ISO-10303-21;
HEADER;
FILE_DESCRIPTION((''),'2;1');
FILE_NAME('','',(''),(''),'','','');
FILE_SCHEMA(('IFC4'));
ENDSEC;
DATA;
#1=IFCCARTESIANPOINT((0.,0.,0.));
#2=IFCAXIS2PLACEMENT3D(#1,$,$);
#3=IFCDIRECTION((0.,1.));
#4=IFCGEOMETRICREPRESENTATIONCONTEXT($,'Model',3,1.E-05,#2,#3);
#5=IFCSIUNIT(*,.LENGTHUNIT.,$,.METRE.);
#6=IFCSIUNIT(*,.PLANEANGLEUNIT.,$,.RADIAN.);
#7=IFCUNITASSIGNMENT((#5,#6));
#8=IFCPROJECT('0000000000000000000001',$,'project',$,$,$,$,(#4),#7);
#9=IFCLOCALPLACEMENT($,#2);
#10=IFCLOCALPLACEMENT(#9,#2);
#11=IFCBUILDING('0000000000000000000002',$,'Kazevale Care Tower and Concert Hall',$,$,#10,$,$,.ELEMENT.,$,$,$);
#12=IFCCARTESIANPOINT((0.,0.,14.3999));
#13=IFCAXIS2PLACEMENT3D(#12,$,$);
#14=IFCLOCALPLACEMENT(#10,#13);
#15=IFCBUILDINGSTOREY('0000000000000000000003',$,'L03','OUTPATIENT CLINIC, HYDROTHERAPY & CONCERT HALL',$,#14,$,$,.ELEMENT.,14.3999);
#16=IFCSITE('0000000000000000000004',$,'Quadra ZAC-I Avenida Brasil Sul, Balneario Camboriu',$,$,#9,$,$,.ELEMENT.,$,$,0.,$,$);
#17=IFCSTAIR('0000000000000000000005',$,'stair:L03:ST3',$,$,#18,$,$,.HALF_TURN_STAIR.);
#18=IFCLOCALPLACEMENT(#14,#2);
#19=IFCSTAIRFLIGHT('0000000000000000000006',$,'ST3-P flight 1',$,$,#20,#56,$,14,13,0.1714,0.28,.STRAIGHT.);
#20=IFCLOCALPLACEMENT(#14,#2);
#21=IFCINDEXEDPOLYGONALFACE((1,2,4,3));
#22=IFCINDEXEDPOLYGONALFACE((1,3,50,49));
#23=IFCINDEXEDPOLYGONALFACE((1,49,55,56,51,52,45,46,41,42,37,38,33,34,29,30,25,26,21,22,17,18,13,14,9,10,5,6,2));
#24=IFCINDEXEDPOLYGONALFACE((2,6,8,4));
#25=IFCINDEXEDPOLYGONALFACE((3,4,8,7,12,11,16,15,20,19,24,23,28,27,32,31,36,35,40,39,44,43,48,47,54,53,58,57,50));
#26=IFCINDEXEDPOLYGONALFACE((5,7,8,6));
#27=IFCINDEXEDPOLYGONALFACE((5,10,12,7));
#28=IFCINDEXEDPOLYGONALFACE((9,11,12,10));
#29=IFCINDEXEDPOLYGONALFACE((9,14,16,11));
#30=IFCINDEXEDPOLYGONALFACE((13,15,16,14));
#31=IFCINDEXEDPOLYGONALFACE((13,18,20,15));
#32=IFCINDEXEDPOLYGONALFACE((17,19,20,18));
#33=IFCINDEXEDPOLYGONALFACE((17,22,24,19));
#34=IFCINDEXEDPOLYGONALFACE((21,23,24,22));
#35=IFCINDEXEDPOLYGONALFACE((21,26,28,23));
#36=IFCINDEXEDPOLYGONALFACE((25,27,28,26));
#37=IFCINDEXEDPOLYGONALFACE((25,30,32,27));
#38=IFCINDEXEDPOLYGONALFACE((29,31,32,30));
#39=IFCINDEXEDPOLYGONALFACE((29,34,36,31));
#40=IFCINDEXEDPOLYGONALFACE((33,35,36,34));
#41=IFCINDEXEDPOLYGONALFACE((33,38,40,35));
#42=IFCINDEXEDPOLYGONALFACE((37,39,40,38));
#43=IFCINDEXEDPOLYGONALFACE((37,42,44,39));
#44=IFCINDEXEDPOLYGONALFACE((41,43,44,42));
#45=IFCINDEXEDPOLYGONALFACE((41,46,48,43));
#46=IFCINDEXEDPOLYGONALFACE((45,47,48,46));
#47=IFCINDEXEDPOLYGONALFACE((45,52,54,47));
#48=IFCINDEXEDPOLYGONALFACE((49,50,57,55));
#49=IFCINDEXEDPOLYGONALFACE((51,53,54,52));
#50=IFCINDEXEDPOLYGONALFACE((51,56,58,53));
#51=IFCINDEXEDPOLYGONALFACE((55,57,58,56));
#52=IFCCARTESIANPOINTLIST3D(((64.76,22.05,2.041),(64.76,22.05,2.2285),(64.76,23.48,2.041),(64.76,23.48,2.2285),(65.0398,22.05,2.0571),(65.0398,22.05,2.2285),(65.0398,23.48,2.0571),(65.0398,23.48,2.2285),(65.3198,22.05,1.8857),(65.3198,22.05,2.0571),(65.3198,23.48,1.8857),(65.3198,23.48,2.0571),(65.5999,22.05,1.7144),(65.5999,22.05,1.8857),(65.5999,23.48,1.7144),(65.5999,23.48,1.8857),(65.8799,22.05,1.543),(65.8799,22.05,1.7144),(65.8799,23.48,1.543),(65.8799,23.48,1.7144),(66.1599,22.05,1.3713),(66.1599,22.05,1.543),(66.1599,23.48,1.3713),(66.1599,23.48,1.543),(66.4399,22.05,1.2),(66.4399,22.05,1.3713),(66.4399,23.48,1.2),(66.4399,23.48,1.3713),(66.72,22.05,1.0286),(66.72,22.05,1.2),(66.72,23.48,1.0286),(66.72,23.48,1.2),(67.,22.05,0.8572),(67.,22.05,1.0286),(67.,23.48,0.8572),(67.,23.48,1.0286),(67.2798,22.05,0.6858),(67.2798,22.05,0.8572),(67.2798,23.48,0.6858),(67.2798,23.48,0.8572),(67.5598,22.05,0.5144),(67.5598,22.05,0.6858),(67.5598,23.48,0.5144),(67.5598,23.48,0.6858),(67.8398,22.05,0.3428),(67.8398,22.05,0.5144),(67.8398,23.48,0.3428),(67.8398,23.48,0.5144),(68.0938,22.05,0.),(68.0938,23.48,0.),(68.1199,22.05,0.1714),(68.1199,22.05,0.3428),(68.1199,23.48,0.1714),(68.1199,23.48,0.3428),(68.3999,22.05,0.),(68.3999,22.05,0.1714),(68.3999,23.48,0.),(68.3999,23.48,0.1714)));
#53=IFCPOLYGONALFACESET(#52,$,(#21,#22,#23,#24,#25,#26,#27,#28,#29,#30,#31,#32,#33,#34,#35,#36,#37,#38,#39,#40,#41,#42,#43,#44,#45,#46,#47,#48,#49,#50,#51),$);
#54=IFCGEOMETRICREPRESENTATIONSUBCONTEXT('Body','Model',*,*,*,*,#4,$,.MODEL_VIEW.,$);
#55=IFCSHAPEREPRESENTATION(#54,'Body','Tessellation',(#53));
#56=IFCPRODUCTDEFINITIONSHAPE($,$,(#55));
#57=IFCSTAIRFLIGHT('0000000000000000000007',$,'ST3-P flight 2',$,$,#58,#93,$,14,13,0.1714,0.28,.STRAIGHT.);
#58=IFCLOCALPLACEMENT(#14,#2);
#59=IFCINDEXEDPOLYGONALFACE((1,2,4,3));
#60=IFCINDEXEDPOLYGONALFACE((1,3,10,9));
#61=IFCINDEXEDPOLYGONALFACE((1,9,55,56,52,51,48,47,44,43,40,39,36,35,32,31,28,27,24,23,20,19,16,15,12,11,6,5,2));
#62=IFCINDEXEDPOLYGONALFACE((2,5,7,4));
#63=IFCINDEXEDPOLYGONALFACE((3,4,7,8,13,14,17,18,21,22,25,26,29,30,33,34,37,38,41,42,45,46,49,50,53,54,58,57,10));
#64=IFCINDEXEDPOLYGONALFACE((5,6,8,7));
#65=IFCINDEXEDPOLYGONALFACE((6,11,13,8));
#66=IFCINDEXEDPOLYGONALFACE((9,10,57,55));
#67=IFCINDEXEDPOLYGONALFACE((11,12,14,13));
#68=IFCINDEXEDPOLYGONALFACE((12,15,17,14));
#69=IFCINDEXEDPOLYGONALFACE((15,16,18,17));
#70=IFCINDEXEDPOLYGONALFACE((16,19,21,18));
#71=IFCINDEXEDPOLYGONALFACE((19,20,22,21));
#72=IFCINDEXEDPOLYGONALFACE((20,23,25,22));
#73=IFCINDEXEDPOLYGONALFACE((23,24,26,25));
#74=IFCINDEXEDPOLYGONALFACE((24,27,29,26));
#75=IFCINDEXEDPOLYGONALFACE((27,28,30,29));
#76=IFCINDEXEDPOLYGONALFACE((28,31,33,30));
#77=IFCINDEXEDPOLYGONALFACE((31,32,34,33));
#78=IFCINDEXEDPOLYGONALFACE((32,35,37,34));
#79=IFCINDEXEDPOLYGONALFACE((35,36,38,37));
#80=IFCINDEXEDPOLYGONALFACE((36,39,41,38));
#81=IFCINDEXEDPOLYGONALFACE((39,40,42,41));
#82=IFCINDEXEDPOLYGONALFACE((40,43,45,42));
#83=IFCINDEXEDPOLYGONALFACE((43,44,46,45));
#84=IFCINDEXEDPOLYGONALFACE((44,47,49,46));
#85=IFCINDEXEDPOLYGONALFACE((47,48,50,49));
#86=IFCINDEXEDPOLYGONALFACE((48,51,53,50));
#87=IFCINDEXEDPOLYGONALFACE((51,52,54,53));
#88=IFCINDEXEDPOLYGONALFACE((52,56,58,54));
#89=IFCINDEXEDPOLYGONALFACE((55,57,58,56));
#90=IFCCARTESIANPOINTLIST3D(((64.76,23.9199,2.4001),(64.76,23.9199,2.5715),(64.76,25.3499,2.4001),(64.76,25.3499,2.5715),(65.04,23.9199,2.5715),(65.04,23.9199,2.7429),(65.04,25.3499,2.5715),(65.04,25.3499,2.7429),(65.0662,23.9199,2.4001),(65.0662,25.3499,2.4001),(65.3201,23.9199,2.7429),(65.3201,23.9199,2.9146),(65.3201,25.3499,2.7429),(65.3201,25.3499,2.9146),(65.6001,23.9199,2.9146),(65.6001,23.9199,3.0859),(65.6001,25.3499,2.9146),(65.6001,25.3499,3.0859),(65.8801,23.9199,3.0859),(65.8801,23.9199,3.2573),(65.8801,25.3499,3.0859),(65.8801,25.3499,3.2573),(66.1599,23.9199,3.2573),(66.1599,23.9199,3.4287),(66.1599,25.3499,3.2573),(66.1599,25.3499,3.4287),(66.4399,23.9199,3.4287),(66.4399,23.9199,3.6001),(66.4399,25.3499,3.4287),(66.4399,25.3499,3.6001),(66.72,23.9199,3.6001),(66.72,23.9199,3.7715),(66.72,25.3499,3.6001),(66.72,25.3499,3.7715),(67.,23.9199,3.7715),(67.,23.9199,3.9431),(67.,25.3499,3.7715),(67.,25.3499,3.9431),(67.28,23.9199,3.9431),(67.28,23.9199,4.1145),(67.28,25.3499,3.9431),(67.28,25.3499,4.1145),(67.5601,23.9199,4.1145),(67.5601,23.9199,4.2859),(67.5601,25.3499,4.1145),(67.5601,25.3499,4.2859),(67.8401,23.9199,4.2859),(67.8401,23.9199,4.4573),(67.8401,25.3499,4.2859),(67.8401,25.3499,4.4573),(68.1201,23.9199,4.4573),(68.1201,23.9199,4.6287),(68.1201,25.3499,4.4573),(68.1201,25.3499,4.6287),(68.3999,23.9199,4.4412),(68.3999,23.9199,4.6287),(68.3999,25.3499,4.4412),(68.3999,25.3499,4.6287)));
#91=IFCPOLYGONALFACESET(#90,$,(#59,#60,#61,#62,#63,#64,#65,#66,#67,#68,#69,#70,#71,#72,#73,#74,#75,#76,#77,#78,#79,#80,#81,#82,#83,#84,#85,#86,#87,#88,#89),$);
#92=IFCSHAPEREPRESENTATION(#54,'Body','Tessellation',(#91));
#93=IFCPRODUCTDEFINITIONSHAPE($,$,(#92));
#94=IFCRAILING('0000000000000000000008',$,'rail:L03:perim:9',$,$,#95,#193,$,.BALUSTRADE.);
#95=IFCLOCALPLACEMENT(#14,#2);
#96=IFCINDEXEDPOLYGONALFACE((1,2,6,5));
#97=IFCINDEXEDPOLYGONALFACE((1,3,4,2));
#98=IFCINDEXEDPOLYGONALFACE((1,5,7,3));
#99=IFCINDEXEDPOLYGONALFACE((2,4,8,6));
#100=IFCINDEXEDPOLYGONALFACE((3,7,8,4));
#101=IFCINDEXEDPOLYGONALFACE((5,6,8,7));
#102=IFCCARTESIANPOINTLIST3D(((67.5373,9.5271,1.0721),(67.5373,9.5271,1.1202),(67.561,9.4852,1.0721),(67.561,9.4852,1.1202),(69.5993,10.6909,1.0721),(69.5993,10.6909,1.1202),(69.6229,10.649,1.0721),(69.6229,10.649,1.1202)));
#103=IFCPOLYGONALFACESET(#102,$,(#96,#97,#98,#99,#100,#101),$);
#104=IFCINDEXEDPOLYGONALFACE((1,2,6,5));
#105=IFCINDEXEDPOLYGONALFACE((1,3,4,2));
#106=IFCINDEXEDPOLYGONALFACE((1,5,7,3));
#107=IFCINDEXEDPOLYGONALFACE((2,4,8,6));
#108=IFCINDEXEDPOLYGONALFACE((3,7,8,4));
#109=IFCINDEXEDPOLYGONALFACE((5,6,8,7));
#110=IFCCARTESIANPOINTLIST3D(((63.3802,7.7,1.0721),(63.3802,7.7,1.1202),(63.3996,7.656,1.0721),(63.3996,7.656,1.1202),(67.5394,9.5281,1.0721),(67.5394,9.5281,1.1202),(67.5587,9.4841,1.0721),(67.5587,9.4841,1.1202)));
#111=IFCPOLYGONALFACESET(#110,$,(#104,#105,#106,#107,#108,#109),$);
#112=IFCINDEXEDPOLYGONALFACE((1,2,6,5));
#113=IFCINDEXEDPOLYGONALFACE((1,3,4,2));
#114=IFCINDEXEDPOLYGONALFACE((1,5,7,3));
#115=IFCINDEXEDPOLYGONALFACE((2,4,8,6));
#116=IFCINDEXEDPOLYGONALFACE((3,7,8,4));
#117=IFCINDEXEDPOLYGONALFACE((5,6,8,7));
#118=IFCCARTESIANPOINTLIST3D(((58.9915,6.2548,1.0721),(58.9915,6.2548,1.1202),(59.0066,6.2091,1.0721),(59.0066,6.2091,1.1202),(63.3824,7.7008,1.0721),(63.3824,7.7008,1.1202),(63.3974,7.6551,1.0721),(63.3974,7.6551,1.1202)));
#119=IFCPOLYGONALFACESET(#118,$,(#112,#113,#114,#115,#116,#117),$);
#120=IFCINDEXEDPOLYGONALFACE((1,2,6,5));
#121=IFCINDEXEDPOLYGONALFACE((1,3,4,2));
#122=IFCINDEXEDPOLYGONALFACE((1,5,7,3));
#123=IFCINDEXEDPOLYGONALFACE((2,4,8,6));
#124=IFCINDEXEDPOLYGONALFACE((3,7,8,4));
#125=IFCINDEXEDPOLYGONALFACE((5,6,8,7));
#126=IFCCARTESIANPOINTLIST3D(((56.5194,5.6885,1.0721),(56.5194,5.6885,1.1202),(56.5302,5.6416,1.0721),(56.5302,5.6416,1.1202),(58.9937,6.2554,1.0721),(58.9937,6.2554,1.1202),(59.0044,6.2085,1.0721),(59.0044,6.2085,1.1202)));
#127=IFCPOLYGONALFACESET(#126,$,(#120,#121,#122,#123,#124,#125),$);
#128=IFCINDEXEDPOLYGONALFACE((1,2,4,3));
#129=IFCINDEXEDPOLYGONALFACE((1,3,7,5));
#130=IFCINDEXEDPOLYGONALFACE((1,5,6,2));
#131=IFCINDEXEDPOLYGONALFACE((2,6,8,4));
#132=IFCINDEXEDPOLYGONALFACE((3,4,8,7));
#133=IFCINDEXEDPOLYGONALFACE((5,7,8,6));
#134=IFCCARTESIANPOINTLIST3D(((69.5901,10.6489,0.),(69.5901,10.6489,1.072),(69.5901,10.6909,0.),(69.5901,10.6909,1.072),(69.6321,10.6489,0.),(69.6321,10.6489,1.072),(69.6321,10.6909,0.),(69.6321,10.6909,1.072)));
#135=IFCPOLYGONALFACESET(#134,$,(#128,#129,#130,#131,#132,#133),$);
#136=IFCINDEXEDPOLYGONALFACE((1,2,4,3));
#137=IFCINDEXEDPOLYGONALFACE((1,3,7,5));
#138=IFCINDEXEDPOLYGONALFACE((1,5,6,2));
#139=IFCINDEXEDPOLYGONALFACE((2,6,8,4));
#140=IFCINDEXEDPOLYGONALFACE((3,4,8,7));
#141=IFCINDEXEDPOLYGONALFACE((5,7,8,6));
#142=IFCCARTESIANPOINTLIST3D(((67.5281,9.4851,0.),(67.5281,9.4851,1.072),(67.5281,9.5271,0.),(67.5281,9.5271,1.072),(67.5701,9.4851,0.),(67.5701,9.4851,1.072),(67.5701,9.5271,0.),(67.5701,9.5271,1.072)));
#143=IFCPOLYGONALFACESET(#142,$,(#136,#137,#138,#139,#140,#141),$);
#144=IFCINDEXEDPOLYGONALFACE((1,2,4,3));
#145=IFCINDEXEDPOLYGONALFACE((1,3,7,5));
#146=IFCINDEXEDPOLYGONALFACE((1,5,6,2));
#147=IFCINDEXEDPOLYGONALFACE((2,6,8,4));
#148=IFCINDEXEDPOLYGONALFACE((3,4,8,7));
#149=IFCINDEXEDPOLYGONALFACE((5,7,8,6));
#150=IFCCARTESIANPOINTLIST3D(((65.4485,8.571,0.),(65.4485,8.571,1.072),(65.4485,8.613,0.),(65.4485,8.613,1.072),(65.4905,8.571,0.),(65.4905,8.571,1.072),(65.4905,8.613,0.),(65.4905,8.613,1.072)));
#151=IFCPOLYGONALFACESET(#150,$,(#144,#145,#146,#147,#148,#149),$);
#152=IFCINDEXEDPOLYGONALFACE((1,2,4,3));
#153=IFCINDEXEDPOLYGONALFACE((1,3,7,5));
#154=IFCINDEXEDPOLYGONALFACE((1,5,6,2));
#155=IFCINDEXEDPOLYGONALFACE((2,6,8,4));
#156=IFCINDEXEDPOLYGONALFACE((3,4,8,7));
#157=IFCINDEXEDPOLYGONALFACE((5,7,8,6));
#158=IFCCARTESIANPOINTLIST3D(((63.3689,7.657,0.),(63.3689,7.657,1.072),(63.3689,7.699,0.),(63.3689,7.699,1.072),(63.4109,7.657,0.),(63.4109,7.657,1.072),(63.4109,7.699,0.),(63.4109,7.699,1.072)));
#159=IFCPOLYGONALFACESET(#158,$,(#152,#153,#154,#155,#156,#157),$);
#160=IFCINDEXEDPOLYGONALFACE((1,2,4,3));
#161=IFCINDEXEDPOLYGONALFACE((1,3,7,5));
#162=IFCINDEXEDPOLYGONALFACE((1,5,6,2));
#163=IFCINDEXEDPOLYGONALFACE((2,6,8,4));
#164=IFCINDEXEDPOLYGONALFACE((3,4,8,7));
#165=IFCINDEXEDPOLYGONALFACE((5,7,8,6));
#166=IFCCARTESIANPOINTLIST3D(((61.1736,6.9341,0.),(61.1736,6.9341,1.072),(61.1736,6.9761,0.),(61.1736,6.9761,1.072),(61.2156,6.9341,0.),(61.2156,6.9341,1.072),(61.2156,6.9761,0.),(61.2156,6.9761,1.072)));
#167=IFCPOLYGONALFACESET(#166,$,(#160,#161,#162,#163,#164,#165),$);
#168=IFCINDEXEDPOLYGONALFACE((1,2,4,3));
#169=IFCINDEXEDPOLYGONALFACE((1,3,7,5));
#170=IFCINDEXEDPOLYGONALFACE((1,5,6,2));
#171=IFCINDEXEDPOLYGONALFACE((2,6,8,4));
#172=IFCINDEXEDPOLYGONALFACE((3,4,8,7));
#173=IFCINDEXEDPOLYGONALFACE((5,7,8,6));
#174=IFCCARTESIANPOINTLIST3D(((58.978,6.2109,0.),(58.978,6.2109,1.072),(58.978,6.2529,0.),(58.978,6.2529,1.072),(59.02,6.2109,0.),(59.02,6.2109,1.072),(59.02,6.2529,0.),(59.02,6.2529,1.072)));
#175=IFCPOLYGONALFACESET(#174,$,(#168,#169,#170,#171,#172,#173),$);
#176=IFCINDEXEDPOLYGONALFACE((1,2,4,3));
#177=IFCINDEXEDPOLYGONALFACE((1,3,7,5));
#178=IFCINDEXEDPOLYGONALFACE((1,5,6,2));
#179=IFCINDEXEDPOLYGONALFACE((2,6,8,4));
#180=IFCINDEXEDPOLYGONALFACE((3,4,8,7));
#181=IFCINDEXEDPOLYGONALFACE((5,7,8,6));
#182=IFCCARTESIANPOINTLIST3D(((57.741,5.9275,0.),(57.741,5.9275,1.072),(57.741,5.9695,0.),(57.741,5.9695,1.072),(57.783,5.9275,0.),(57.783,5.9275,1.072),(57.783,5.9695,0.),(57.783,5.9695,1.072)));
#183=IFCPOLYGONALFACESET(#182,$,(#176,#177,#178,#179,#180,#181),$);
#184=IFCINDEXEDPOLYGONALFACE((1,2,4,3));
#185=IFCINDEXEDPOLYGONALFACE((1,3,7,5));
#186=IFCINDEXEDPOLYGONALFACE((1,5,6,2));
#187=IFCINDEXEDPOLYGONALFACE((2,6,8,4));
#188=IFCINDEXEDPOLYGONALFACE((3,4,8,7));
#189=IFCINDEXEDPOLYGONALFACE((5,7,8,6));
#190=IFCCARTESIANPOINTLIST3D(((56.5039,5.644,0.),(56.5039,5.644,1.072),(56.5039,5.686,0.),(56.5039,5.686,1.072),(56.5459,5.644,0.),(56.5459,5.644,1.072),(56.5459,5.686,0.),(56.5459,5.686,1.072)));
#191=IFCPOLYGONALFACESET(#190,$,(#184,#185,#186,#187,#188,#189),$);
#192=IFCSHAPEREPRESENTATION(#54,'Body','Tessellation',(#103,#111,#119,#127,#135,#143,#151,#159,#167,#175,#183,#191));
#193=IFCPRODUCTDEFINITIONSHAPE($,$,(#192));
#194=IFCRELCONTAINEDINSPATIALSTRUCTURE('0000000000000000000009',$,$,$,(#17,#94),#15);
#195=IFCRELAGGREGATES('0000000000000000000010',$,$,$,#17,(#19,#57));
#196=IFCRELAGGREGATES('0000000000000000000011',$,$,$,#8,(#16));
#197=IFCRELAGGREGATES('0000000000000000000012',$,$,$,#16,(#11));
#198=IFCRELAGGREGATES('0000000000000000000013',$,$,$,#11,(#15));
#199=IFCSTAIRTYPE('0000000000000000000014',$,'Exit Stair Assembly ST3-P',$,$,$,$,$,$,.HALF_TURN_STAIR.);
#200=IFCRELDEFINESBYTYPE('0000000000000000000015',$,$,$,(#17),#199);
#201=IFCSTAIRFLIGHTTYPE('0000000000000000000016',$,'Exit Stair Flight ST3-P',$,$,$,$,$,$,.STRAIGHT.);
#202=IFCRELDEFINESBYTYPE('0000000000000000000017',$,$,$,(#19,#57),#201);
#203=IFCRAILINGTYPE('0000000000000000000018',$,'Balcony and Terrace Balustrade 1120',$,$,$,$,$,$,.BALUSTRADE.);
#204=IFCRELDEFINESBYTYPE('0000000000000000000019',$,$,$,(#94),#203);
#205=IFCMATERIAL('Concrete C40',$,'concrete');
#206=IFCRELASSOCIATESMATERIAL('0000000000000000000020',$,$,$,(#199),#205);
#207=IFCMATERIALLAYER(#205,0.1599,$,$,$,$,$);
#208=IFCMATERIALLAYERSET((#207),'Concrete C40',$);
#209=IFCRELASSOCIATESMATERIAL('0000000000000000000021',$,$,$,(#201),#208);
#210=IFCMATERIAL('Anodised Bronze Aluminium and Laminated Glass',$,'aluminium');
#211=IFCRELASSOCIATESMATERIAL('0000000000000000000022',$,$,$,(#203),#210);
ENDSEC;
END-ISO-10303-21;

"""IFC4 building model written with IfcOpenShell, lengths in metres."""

from ifc_helpers import new_model, si_unit, direction, frame, origin, origin_2d, place, context, subcontext, project, spatial, polyline, rectangle, outline, extrude, material, layer, layer_set, type_object, element, aggregate, save


model = new_model("IFC4")

# Units and contexts
model_context = context("Model", 3, precision=1e-05, world=origin(), true_north=direction((0.0, 1.0)))
body_context = subcontext(model_context, "Body", "Model", "MODEL_VIEW")
ifc_project = project(units=[si_unit("LENGTHUNIT", "METRE"), si_unit("PLANEANGLEUNIT", "RADIAN")], contexts=[model_context])

# Site, building, storey
site_placement = place(None, origin())
site = spatial("IfcSite", under=ifc_project, at=site_placement, Name="Quadra ZAC-I Avenida Brasil Sul, Balneario Camboriu", CompositionType="ELEMENT", RefElevation=0.0)
building_placement = place(site_placement, origin())
building = spatial("IfcBuilding", under=site, at=building_placement, Name="Kazevale Care Tower and Concert Hall", CompositionType="ELEMENT")
storey_placement = place(building_placement, frame((0.0, 0.0, 14.3999)))
storey = spatial("IfcBuildingStorey", under=building, at=storey_placement, Name="L03", Description="OUTPATIENT CLINIC, HYDROTHERAPY & CONCERT HALL", CompositionType="ELEMENT", Elevation=14.3999)

# Shared definitions
ifc_material_1 = material(Name="Concrete C40", Category="concrete")

# Stair, stair flights
stair_type = type_object("IfcStairType", Name="Exit Stair Assembly ST3-P", PredefinedType="HALF_TURN_STAIR", material=ifc_material_1)
stair_placement = place(storey_placement, origin())
stair = element("IfcStair", 1, at=stair_placement, inside=storey, type_object=stair_type, Name="stair:L03:ST3", PredefinedType="HALF_TURN_STAIR")
ifc_layer_1 = layer(ifc_material_1, 0.1599)
ifc_layer_set_1 = layer_set([ifc_layer_1], Name="Concrete C40")
stair_flight_type = type_object("IfcStairFlightType", Name="Exit Stair Flight ST3-P", PredefinedType="STRAIGHT", material=ifc_layer_set_1)
stair_flight_1_placement = place(storey_placement, frame((68.3999, 22.7649, 0.0), z_axis=(0.0, 0.0, 1.0), x_axis=(-1.0, 0.0, 0.0)))
stair_flight_1 = element("IfcStairFlight", 2, at=stair_flight_1_placement, type_object=stair_flight_type, Name="ST3-P flight 1", NumberOfRisers=14, NumberOfTreads=13, PredefinedType="STRAIGHT", RiserHeight=0.1714, TreadLength=0.28, context=body_context, shape_type="SweptSolid", body=[
    extrude(outline(polyline([(0.0, 0.0), (0.0, 0.1714), (0.28, 0.1714), (0.28, 0.3428), (0.5601, 0.3428), (0.5601, 0.5144), (0.8401, 0.5144), (0.8401, 0.6858), (1.1201, 0.6858), (1.1201, 0.8572), (1.3999, 0.8572), (1.3999, 1.0286), (1.6799, 1.0286), (1.6799, 1.2), (1.96, 1.2), (1.96, 1.3713), (2.24, 1.3713), (2.24, 1.543), (2.52, 1.543), (2.52, 1.7144), (2.8, 1.7144), (2.8, 1.8857), (3.0801, 1.8857), (3.0801, 2.0571), (3.3601, 2.0571), (3.3601, 2.2285), (3.6399, 2.2285), (3.6399, 2.3999), (3.6399, 2.041), (0.3062, 0.0), (0.0, 0.0)])), frame((0.0, 0.7148, 0.0), z_axis=(0.0, -1.0, 0.0), x_axis=(1.0, 0.0, 0.0)), (0.0, 0.0, 1.0), 1.4299),
])
stair_flight_2_placement = place(storey_placement, frame((64.76, 24.635, 2.4001), z_axis=(0.0, 0.0, 1.0), x_axis=(1.0, 0.0, 0.0)))
stair_flight_2 = element("IfcStairFlight", 3, at=stair_flight_2_placement, type_object=stair_flight_type, Name="ST3-P flight 2", NumberOfRisers=14, NumberOfTreads=13, PredefinedType="STRAIGHT", RiserHeight=0.1714, TreadLength=0.28, context=body_context, shape_type="SweptSolid", body=[
    extrude(outline(polyline([(0.0, 0.0), (0.0, 0.1714), (0.28, 0.1714), (0.28, 0.3428), (0.5601, 0.3428), (0.5601, 0.5144), (0.8401, 0.5144), (0.8401, 0.6858), (1.1201, 0.6858), (1.1201, 0.8572), (1.3999, 0.8572), (1.3999, 1.0286), (1.6799, 1.0286), (1.6799, 1.2), (1.96, 1.2), (1.96, 1.3713), (2.24, 1.3713), (2.24, 1.543), (2.52, 1.543), (2.52, 1.7144), (2.8, 1.7144), (2.8, 1.8857), (3.0801, 1.8857), (3.0801, 2.0571), (3.3601, 2.0571), (3.3601, 2.2285), (3.6399, 2.2285), (3.6399, 2.3999), (3.6399, 2.041), (0.3062, 0.0), (0.0, 0.0)])), frame((0.0, 0.7148, 0.0), z_axis=(0.0, -1.0, 0.0), x_axis=(1.0, 0.0, 0.0)), (0.0, 0.0, 1.0), 1.4299),
])
aggregate(stair, [stair_flight_1, stair_flight_2])

# Railing
ifc_material_2 = material(Name="Anodised Bronze Aluminium and Laminated Glass", Category="aluminium")
railing_type_1 = type_object("IfcRailingType", Name="Balcony and Terrace Balustrade 1120", PredefinedType="BALUSTRADE", material=ifc_material_2)
railing_1_placement = place(storey_placement, frame((69.6111, 10.6699, 0.0)))
element("IfcRailing", 4, at=railing_1_placement, inside=storey, type_object=railing_type_1, Name="rail:L03:perim:9", PredefinedType="BALUSTRADE", context=body_context, shape_type="SweptSolid", body=[
    extrude(rectangle(XDim=0.0481, YDim=0.0481, at=origin_2d()), frame((0.0, 0.0, 1.0962), z_axis=(-0.870864, -0.491524, 0.0), x_axis=(0.491524, -0.870864, 0.0)), (0.0, 0.0, 1.0), 2.3677),
    extrude(rectangle(XDim=0.0481, YDim=0.0481, at=origin_2d()), frame((-2.062, -1.1638, 1.0962), z_axis=(-0.91547, -0.402386, 0.0), x_axis=(0.402386, -0.91547, 0.0)), (0.0, 0.0, 1.0), 4.5432),
    extrude(rectangle(XDim=0.0481, YDim=0.0481, at=origin_2d()), frame((-6.2212, -2.9919, 1.0962), z_axis=(-0.949818, -0.312804, 0.0), x_axis=(0.312804, -0.949818, 0.0)), (0.0, 0.0, 1.0), 4.6228),
    extrude(rectangle(XDim=0.0481, YDim=0.0481, at=origin_2d()), frame((-10.6121, -4.438, 1.0962), z_axis=(-0.97474, -0.223342, 0.0), x_axis=(0.223342, -0.97474, 0.0)), (0.0, 0.0, 1.0), 2.5383),
    extrude(rectangle(XDim=0.042, YDim=0.042, at=origin_2d()), origin(), (0.0, 0.0, 1.0), 1.072),
    extrude(rectangle(XDim=0.042, YDim=0.042, at=origin_2d()), frame((-2.062, -1.1638, 0.0)), (0.0, 0.0, 1.0), 1.072),
    extrude(rectangle(XDim=0.042, YDim=0.042, at=origin_2d()), frame((-4.1416, -2.0779, 0.0)), (0.0, 0.0, 1.0), 1.072),
    extrude(rectangle(XDim=0.042, YDim=0.042, at=origin_2d()), frame((-6.2212, -2.9919, 0.0)), (0.0, 0.0, 1.0), 1.072),
    extrude(rectangle(XDim=0.042, YDim=0.042, at=origin_2d()), frame((-8.4165, -3.7148, 0.0)), (0.0, 0.0, 1.0), 1.072),
    extrude(rectangle(XDim=0.042, YDim=0.042, at=origin_2d()), frame((-10.6121, -4.438, 0.0)), (0.0, 0.0, 1.0), 1.072),
    extrude(rectangle(XDim=0.042, YDim=0.042, at=origin_2d()), frame((-11.8491, -4.7214, 0.0)), (0.0, 0.0, 1.0), 1.072),
    extrude(rectangle(XDim=0.042, YDim=0.042, at=origin_2d()), frame((-13.0862, -5.0049, 0.0)), (0.0, 0.0, 1.0), 1.072),
])

save(model, "model.ifc")
